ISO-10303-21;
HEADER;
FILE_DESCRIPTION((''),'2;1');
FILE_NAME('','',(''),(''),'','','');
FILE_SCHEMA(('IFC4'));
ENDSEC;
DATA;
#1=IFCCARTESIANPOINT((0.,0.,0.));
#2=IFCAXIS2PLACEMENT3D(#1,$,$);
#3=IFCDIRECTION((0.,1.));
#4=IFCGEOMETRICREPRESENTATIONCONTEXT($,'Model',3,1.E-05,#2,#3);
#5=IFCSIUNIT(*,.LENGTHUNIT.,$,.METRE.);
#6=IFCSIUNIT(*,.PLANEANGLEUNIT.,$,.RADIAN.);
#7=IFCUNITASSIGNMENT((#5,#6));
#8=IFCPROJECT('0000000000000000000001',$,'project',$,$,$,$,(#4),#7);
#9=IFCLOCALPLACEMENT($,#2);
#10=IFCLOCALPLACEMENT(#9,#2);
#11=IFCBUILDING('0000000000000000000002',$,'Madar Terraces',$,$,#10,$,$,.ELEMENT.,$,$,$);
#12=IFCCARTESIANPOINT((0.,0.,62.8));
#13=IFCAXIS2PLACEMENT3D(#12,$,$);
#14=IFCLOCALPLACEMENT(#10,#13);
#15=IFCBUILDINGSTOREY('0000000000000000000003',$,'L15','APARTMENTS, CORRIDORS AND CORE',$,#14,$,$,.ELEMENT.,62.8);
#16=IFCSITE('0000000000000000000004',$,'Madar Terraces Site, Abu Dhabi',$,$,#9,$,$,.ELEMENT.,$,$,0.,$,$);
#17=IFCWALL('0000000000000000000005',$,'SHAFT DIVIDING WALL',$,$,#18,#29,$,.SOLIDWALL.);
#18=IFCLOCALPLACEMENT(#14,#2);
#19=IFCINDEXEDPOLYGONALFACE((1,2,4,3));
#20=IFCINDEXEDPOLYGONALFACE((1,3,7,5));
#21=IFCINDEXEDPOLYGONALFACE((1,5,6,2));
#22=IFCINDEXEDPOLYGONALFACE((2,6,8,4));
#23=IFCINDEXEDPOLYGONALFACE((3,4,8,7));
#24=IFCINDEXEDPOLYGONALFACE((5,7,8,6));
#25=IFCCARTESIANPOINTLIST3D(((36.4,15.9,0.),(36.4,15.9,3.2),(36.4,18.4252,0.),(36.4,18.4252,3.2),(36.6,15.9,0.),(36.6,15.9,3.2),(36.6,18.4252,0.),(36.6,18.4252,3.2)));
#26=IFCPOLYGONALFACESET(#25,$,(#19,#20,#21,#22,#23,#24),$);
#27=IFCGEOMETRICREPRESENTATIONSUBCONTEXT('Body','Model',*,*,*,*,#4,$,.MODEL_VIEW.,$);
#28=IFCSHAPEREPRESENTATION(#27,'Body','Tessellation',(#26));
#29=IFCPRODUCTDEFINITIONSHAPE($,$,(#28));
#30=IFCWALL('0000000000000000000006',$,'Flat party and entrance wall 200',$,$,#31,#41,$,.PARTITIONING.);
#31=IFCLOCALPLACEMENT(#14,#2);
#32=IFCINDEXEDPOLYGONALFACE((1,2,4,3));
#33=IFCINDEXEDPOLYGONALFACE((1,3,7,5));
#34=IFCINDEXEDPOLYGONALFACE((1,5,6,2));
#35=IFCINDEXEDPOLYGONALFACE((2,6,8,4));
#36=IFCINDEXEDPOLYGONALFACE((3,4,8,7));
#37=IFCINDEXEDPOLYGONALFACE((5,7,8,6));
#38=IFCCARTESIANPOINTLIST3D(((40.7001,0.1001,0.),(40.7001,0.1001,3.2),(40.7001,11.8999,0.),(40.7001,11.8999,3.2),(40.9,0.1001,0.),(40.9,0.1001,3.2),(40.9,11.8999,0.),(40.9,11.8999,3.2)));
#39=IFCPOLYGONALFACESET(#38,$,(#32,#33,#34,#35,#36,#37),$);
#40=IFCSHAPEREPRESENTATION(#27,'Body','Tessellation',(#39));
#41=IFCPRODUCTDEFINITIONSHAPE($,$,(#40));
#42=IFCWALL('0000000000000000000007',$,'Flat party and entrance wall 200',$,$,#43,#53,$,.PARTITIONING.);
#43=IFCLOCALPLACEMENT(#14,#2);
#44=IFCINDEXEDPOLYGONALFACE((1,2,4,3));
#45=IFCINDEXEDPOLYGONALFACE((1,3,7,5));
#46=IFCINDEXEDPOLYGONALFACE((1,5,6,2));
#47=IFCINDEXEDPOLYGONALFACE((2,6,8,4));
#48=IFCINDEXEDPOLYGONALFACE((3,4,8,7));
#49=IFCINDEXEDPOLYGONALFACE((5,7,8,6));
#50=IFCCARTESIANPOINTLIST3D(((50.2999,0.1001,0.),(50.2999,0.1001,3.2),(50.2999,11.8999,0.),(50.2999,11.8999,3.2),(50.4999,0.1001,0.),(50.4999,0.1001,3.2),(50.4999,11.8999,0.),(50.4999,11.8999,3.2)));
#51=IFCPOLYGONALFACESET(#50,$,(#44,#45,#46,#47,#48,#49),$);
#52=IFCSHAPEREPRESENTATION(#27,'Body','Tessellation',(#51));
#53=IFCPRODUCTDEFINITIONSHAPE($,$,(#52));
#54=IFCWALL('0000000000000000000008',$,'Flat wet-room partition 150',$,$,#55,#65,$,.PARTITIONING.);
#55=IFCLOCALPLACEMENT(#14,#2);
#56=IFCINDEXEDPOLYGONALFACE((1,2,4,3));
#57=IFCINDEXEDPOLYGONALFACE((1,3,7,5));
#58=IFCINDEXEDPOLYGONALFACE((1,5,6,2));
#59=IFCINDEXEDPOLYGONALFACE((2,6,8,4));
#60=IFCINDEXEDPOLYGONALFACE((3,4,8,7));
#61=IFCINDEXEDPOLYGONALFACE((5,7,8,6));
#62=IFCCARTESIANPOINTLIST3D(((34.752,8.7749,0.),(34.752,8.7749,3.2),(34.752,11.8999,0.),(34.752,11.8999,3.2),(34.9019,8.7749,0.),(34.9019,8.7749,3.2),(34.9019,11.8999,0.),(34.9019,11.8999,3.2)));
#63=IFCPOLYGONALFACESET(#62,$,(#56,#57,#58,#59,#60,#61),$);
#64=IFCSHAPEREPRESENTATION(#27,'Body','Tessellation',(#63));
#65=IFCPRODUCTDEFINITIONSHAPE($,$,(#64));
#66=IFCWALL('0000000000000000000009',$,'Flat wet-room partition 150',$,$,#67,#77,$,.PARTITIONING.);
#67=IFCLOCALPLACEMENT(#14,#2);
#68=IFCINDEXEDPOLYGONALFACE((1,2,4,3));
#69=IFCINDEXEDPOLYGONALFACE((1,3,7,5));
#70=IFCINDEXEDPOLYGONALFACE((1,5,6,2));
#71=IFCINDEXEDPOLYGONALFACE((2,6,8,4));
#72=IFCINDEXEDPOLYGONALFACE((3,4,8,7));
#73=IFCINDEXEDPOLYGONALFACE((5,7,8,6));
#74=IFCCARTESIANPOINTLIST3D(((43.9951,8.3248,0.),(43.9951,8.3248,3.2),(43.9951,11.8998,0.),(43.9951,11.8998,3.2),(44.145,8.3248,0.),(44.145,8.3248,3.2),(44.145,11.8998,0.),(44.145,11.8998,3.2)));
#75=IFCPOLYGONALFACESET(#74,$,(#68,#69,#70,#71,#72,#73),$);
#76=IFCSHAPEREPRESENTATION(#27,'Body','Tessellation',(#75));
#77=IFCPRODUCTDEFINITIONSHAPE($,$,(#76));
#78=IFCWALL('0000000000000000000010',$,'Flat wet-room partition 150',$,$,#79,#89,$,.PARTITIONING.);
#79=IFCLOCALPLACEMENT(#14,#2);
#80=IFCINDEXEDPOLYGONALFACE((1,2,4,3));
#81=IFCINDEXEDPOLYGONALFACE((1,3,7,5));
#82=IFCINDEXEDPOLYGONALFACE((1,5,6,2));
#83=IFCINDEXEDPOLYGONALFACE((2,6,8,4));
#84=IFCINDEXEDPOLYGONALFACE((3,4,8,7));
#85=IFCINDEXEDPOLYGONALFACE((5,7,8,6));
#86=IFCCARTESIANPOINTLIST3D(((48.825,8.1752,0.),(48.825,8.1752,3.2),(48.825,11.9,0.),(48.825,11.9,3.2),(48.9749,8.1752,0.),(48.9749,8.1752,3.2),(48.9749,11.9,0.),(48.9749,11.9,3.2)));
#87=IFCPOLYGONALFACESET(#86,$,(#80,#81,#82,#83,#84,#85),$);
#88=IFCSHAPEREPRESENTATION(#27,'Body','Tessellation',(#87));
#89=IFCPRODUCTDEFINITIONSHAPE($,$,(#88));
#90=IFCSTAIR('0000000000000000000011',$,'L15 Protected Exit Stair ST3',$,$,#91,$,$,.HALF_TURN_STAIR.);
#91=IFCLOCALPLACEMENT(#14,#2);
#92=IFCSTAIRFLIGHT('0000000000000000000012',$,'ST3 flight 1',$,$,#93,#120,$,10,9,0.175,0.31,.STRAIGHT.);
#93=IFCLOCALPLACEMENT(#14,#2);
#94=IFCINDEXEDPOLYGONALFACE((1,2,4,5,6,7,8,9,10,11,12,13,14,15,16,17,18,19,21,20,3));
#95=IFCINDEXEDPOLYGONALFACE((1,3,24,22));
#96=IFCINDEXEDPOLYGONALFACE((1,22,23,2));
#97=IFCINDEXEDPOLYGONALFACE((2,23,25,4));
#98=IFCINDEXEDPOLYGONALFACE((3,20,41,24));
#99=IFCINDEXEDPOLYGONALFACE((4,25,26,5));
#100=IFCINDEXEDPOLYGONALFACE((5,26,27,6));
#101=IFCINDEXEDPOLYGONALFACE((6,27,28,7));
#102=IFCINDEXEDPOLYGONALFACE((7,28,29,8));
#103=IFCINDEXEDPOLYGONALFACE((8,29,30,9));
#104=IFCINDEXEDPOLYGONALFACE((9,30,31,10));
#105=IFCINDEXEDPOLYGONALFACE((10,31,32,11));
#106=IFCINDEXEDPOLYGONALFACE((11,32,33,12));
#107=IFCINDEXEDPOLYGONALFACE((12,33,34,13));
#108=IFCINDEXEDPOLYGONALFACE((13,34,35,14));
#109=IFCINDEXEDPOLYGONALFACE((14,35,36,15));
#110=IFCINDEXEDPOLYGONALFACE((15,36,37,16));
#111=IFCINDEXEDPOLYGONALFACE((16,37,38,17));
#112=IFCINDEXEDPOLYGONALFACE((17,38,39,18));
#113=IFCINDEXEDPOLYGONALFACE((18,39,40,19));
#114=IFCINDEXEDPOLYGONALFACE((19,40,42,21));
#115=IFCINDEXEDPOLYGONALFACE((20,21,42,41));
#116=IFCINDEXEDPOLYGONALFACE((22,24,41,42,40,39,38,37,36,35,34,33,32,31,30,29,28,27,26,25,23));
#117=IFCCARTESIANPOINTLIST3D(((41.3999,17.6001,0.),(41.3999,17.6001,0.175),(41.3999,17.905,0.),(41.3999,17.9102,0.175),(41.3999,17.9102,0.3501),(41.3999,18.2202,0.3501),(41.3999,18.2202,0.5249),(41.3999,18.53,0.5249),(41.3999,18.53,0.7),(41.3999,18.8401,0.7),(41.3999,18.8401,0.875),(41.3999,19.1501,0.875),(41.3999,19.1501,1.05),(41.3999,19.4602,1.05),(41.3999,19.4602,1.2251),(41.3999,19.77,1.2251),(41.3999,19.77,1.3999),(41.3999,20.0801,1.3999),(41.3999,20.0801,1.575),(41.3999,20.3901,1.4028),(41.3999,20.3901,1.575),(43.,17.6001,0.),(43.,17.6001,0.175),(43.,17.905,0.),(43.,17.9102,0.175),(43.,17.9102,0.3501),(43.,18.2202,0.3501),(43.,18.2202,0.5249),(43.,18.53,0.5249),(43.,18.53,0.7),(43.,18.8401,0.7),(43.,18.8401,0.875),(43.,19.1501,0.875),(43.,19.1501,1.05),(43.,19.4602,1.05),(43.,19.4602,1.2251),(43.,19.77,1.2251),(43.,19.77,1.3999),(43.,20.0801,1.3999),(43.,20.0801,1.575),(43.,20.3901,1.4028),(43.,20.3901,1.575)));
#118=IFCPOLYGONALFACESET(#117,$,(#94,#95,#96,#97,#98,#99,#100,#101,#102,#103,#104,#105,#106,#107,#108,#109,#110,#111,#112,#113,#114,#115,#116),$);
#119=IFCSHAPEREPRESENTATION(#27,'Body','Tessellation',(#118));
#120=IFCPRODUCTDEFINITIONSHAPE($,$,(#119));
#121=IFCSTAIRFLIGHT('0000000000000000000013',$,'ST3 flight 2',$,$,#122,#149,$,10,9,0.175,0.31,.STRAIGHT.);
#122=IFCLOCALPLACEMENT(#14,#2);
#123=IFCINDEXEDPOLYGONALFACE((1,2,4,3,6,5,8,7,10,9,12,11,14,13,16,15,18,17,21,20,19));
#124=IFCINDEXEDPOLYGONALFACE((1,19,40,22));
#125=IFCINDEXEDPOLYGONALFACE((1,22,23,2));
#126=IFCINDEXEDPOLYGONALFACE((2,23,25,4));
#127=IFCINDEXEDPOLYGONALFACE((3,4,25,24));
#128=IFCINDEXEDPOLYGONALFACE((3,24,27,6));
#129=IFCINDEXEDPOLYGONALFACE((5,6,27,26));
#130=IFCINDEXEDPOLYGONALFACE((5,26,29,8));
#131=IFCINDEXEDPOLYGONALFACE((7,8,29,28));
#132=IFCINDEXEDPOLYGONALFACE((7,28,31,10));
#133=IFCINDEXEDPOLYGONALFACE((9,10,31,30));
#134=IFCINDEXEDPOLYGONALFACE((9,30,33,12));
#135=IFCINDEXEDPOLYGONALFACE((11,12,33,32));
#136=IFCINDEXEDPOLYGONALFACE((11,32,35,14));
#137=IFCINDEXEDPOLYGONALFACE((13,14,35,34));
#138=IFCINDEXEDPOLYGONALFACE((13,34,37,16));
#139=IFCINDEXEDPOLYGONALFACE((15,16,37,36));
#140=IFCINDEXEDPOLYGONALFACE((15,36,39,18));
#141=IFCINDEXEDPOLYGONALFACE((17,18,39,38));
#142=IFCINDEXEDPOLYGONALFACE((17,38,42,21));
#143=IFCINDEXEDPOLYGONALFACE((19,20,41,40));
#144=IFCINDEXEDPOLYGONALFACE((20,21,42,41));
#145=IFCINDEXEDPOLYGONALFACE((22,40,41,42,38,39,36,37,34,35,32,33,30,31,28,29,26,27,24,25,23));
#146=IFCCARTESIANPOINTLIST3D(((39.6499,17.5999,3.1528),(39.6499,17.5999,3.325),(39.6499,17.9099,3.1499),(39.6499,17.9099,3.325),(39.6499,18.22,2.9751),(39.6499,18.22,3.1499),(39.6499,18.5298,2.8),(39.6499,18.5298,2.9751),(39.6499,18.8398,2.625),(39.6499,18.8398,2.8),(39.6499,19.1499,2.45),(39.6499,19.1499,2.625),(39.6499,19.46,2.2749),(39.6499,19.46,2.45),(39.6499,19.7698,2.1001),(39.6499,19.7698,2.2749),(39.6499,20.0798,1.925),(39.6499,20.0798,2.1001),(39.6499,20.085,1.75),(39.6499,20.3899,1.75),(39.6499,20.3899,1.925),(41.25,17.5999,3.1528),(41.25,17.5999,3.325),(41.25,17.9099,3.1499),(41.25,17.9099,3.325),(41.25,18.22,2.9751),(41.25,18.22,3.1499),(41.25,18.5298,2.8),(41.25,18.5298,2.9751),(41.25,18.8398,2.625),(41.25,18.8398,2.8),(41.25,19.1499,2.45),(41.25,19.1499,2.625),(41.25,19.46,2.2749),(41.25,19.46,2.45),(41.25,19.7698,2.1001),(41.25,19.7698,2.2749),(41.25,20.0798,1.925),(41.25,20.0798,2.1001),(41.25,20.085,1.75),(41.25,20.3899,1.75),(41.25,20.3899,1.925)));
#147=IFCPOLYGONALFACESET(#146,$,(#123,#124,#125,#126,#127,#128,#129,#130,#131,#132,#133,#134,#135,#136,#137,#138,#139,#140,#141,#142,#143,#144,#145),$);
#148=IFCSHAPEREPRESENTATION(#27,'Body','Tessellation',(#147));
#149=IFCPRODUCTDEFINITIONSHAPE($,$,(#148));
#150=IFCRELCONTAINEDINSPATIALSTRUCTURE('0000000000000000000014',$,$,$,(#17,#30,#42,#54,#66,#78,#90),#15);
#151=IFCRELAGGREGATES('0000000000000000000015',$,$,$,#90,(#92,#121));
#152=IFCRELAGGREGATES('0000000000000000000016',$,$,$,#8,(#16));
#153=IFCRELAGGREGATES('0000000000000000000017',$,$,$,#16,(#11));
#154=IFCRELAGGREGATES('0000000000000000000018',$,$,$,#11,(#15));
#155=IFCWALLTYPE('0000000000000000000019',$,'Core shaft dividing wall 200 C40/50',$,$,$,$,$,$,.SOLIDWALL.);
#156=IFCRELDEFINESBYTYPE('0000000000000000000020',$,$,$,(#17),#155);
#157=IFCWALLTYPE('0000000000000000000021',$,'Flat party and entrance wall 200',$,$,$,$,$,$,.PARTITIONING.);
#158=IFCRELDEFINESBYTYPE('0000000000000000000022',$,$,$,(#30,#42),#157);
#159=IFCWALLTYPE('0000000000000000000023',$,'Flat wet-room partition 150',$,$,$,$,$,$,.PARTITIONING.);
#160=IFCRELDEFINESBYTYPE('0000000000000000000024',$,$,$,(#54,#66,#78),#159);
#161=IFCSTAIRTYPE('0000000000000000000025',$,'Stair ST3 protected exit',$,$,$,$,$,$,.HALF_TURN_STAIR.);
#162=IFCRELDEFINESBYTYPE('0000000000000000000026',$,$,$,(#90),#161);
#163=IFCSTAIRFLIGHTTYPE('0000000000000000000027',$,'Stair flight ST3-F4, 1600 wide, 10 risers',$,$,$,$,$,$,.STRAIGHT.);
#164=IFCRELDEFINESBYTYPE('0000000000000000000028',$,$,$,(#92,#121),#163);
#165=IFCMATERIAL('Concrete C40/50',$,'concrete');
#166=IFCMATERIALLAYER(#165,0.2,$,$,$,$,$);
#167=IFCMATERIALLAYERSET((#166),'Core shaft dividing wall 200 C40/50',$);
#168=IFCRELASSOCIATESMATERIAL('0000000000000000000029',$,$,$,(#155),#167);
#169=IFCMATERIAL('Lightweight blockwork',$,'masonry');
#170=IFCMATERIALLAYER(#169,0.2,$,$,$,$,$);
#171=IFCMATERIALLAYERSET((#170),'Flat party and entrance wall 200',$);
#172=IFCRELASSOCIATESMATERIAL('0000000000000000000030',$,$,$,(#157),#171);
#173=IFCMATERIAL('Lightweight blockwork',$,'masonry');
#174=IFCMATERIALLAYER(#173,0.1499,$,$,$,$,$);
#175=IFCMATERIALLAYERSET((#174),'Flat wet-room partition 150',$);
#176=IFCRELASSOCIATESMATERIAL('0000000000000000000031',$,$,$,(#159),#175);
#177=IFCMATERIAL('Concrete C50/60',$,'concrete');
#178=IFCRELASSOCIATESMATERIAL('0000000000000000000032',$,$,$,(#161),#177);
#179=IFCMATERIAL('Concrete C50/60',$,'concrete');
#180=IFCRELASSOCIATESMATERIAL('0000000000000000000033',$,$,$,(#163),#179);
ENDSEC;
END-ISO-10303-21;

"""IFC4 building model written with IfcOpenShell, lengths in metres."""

from ifc_helpers import new_model, si_unit, direction, frame, frame_2d, origin, place, context, subcontext, project, spatial, polyline, rectangle, outline, extrude, material, layer, layer_set, type_object, element, aggregate, save


model = new_model("IFC4")

# Units and contexts
model_context = context("Model", 3, precision=1e-05, world=origin(), true_north=direction((0.0, 1.0)))
body_context = subcontext(model_context, "Body", "Model", "MODEL_VIEW")
ifc_project = project(units=[si_unit("LENGTHUNIT", "METRE"), si_unit("PLANEANGLEUNIT", "RADIAN")], contexts=[model_context])

# Site, building, storey
site_placement = place(None, origin())
site = spatial("IfcSite", under=ifc_project, at=site_placement, Name="Madar Terraces Site, Abu Dhabi", CompositionType="ELEMENT", RefElevation=0.0)
building_placement = place(site_placement, origin())
building = spatial("IfcBuilding", under=site, at=building_placement, Name="Madar Terraces", CompositionType="ELEMENT")
storey_placement = place(building_placement, frame((0.0, 0.0, 62.8)))
storey = spatial("IfcBuildingStorey", under=building, at=storey_placement, Name="L15", Description="APARTMENTS, CORRIDORS AND CORE", CompositionType="ELEMENT", Elevation=62.8)

# Walls
ifc_material_1 = material(Name="Concrete C40/50", Category="concrete")
ifc_layer_1 = layer(ifc_material_1, 0.2)
ifc_layer_set_1 = layer_set([ifc_layer_1], Name="Core shaft dividing wall 200 C40/50")
wall_type_1 = type_object("IfcWallType", Name="Core shaft dividing wall 200 C40/50", PredefinedType="SOLIDWALL", material=ifc_layer_set_1)
wall_1_placement = place(storey_placement, frame((36.5, 15.8999, 0.0), z_axis=(0.0, 0.0, 1.0), x_axis=(0.0, 1.0, 0.0)))
element("IfcWall", 1, at=wall_1_placement, inside=storey, type_object=wall_type_1, Name="SHAFT DIVIDING WALL", PredefinedType="SOLIDWALL", context=body_context, shape_type="SweptSolid", body=[
    extrude(rectangle(XDim=2.5251, YDim=0.2, at=frame_2d((1.2627, 0.0))), origin(), (0.0, 0.0, 1.0), 3.2),
])
ifc_material_2 = material(Name="Lightweight blockwork", Category="masonry")
ifc_layer_2 = layer(ifc_material_2, 0.2)
ifc_layer_set_2 = layer_set([ifc_layer_2], Name="Flat party and entrance wall 200")
wall_type_2 = type_object("IfcWallType", Name="Flat party and entrance wall 200", PredefinedType="PARTITIONING", material=ifc_layer_set_2)
for number, where, z_axis, x_axis, name in (
    (2, (40.8, 11.8999, 0.0), (0.0, 0.0, 1.0), (0.0, -1.0, 0.0), "Flat party and entrance wall 200"),
    (3, (50.3999, 11.8999, 0.0), (0.0, 0.0, 1.0), (0.0, -1.0, 0.0), "Flat party and entrance wall 200"),
):
    element("IfcWall", number, at=place(storey_placement, frame(where, z_axis=z_axis, x_axis=x_axis)), inside=storey, type_object=wall_type_2, Name=name, PredefinedType="PARTITIONING", context=body_context, shape_type="SweptSolid", body=[
        extrude(rectangle(XDim=11.7998, YDim=0.2, at=frame_2d((5.8999, 0.0))), origin(), (0.0, 0.0, 1.0), 3.2),
    ])
ifc_material_3 = material(Name="Lightweight blockwork", Category="masonry")
ifc_layer_3 = layer(ifc_material_3, 0.1499)
ifc_layer_set_3 = layer_set([ifc_layer_3], Name="Flat wet-room partition 150")
wall_type_3 = type_object("IfcWallType", Name="Flat wet-room partition 150", PredefinedType="PARTITIONING", material=ifc_layer_set_3)
wall_2_placement = place(storey_placement, frame((34.8269, 11.8999, 0.0), z_axis=(0.0, 0.0, 1.0), x_axis=(0.0, -1.0, 0.0)))
element("IfcWall", 4, at=wall_2_placement, inside=storey, type_object=wall_type_3, Name="Flat wet-room partition 150", PredefinedType="PARTITIONING", context=body_context, shape_type="SweptSolid", body=[
    extrude(rectangle(XDim=3.125, YDim=0.1499, at=frame_2d((1.5625, 0.0))), origin(), (0.0, 0.0, 1.0), 3.2),
])
wall_3_placement = place(storey_placement, frame((44.0701, 11.8999, 0.0), z_axis=(0.0, 0.0, 1.0), x_axis=(0.0, -1.0, 0.0)))
element("IfcWall", 5, at=wall_3_placement, inside=storey, type_object=wall_type_3, Name="Flat wet-room partition 150", PredefinedType="PARTITIONING", context=body_context, shape_type="SweptSolid", body=[
    extrude(rectangle(XDim=3.575, YDim=0.1499, at=frame_2d((1.7876, 0.0))), origin(), (0.0, 0.0, 1.0), 3.2),
])
wall_4_placement = place(storey_placement, frame((48.8999, 11.8999, 0.0), z_axis=(0.0, 0.0, 1.0), x_axis=(0.0, -1.0, 0.0)))
element("IfcWall", 6, at=wall_4_placement, inside=storey, type_object=wall_type_3, Name="Flat wet-room partition 150", PredefinedType="PARTITIONING", context=body_context, shape_type="SweptSolid", body=[
    extrude(rectangle(XDim=3.7249, YDim=0.1499, at=frame_2d((1.8623, 0.0))), origin(), (0.0, 0.0, 1.0), 3.2),
])

# Stair, stair flights
ifc_material_4 = material(Name="Concrete C50/60", Category="concrete")
stair_type = type_object("IfcStairType", Name="Stair ST3 protected exit", PredefinedType="HALF_TURN_STAIR", material=ifc_material_4)
stair_placement = place(storey_placement, origin())
stair = element("IfcStair", 7, at=stair_placement, inside=storey, type_object=stair_type, Name="L15 Protected Exit Stair ST3", PredefinedType="HALF_TURN_STAIR")
ifc_material_5 = material(Name="Concrete C50/60", Category="concrete")
stair_flight_type = type_object("IfcStairFlightType", Name="Stair flight ST3-F4, 1600 wide, 10 risers", PredefinedType="STRAIGHT", material=ifc_material_5)
stair_flight_1_placement = place(storey_placement, frame((42.2, 17.6001, 0.0), z_axis=(0.0, 0.0, 1.0), x_axis=(0.0, 1.0, 0.0)))
stair_flight_1 = element("IfcStairFlight", 8, at=stair_flight_1_placement, type_object=stair_flight_type, Name="ST3 flight 1", NumberOfRisers=10, NumberOfTreads=9, PredefinedType="STRAIGHT", RiserHeight=0.175, TreadLength=0.31, context=body_context, shape_type="SweptSolid", body=[
    extrude(outline(polyline([(0.0, 0.0), (0.0, 0.175), (0.3101, 0.175), (0.3101, 0.3501), (0.6201, 0.3501), (0.6201, 0.5249), (0.9299, 0.5249), (0.9299, 0.7), (1.24, 0.7), (1.24, 0.875), (1.55, 0.875), (1.55, 1.05), (1.8601, 1.05), (1.8601, 1.2251), (2.1699, 1.2251), (2.1699, 1.3999), (2.48, 1.3999), (2.48, 1.575), (2.79, 1.575), (2.79, 1.75), (2.79, 1.4028), (0.3049, 0.0), (0.0, 0.0)])), frame((0.0, 0.8, 0.0), z_axis=(0.0, -1.0, 0.0), x_axis=(1.0, 0.0, 0.0)), (0.0, 0.0, 1.0), 1.6001),
])
stair_flight_2_placement = place(storey_placement, frame((40.45, 20.3899, 1.75), z_axis=(0.0, 0.0, 1.0), x_axis=(0.0, -1.0, 0.0)))
stair_flight_2 = element("IfcStairFlight", 9, at=stair_flight_2_placement, type_object=stair_flight_type, Name="ST3 flight 2", NumberOfRisers=10, NumberOfTreads=9, PredefinedType="STRAIGHT", RiserHeight=0.175, TreadLength=0.31, context=body_context, shape_type="SweptSolid", body=[
    extrude(outline(polyline([(0.0, 0.0), (0.0, 0.175), (0.3101, 0.175), (0.3101, 0.3501), (0.6201, 0.3501), (0.6201, 0.5249), (0.9299, 0.5249), (0.9299, 0.7), (1.24, 0.7), (1.24, 0.875), (1.55, 0.875), (1.55, 1.05), (1.8601, 1.05), (1.8601, 1.2251), (2.1699, 1.2251), (2.1699, 1.3999), (2.48, 1.3999), (2.48, 1.575), (2.79, 1.575), (2.79, 1.75), (2.79, 1.4028), (0.3049, 0.0), (0.0, 0.0)])), frame((0.0, 0.8, 0.0), z_axis=(0.0, -1.0, 0.0), x_axis=(1.0, 0.0, 0.0)), (0.0, 0.0, 1.0), 1.6001),
])
aggregate(stair, [stair_flight_1, stair_flight_2])

save(model, "model.ifc")
